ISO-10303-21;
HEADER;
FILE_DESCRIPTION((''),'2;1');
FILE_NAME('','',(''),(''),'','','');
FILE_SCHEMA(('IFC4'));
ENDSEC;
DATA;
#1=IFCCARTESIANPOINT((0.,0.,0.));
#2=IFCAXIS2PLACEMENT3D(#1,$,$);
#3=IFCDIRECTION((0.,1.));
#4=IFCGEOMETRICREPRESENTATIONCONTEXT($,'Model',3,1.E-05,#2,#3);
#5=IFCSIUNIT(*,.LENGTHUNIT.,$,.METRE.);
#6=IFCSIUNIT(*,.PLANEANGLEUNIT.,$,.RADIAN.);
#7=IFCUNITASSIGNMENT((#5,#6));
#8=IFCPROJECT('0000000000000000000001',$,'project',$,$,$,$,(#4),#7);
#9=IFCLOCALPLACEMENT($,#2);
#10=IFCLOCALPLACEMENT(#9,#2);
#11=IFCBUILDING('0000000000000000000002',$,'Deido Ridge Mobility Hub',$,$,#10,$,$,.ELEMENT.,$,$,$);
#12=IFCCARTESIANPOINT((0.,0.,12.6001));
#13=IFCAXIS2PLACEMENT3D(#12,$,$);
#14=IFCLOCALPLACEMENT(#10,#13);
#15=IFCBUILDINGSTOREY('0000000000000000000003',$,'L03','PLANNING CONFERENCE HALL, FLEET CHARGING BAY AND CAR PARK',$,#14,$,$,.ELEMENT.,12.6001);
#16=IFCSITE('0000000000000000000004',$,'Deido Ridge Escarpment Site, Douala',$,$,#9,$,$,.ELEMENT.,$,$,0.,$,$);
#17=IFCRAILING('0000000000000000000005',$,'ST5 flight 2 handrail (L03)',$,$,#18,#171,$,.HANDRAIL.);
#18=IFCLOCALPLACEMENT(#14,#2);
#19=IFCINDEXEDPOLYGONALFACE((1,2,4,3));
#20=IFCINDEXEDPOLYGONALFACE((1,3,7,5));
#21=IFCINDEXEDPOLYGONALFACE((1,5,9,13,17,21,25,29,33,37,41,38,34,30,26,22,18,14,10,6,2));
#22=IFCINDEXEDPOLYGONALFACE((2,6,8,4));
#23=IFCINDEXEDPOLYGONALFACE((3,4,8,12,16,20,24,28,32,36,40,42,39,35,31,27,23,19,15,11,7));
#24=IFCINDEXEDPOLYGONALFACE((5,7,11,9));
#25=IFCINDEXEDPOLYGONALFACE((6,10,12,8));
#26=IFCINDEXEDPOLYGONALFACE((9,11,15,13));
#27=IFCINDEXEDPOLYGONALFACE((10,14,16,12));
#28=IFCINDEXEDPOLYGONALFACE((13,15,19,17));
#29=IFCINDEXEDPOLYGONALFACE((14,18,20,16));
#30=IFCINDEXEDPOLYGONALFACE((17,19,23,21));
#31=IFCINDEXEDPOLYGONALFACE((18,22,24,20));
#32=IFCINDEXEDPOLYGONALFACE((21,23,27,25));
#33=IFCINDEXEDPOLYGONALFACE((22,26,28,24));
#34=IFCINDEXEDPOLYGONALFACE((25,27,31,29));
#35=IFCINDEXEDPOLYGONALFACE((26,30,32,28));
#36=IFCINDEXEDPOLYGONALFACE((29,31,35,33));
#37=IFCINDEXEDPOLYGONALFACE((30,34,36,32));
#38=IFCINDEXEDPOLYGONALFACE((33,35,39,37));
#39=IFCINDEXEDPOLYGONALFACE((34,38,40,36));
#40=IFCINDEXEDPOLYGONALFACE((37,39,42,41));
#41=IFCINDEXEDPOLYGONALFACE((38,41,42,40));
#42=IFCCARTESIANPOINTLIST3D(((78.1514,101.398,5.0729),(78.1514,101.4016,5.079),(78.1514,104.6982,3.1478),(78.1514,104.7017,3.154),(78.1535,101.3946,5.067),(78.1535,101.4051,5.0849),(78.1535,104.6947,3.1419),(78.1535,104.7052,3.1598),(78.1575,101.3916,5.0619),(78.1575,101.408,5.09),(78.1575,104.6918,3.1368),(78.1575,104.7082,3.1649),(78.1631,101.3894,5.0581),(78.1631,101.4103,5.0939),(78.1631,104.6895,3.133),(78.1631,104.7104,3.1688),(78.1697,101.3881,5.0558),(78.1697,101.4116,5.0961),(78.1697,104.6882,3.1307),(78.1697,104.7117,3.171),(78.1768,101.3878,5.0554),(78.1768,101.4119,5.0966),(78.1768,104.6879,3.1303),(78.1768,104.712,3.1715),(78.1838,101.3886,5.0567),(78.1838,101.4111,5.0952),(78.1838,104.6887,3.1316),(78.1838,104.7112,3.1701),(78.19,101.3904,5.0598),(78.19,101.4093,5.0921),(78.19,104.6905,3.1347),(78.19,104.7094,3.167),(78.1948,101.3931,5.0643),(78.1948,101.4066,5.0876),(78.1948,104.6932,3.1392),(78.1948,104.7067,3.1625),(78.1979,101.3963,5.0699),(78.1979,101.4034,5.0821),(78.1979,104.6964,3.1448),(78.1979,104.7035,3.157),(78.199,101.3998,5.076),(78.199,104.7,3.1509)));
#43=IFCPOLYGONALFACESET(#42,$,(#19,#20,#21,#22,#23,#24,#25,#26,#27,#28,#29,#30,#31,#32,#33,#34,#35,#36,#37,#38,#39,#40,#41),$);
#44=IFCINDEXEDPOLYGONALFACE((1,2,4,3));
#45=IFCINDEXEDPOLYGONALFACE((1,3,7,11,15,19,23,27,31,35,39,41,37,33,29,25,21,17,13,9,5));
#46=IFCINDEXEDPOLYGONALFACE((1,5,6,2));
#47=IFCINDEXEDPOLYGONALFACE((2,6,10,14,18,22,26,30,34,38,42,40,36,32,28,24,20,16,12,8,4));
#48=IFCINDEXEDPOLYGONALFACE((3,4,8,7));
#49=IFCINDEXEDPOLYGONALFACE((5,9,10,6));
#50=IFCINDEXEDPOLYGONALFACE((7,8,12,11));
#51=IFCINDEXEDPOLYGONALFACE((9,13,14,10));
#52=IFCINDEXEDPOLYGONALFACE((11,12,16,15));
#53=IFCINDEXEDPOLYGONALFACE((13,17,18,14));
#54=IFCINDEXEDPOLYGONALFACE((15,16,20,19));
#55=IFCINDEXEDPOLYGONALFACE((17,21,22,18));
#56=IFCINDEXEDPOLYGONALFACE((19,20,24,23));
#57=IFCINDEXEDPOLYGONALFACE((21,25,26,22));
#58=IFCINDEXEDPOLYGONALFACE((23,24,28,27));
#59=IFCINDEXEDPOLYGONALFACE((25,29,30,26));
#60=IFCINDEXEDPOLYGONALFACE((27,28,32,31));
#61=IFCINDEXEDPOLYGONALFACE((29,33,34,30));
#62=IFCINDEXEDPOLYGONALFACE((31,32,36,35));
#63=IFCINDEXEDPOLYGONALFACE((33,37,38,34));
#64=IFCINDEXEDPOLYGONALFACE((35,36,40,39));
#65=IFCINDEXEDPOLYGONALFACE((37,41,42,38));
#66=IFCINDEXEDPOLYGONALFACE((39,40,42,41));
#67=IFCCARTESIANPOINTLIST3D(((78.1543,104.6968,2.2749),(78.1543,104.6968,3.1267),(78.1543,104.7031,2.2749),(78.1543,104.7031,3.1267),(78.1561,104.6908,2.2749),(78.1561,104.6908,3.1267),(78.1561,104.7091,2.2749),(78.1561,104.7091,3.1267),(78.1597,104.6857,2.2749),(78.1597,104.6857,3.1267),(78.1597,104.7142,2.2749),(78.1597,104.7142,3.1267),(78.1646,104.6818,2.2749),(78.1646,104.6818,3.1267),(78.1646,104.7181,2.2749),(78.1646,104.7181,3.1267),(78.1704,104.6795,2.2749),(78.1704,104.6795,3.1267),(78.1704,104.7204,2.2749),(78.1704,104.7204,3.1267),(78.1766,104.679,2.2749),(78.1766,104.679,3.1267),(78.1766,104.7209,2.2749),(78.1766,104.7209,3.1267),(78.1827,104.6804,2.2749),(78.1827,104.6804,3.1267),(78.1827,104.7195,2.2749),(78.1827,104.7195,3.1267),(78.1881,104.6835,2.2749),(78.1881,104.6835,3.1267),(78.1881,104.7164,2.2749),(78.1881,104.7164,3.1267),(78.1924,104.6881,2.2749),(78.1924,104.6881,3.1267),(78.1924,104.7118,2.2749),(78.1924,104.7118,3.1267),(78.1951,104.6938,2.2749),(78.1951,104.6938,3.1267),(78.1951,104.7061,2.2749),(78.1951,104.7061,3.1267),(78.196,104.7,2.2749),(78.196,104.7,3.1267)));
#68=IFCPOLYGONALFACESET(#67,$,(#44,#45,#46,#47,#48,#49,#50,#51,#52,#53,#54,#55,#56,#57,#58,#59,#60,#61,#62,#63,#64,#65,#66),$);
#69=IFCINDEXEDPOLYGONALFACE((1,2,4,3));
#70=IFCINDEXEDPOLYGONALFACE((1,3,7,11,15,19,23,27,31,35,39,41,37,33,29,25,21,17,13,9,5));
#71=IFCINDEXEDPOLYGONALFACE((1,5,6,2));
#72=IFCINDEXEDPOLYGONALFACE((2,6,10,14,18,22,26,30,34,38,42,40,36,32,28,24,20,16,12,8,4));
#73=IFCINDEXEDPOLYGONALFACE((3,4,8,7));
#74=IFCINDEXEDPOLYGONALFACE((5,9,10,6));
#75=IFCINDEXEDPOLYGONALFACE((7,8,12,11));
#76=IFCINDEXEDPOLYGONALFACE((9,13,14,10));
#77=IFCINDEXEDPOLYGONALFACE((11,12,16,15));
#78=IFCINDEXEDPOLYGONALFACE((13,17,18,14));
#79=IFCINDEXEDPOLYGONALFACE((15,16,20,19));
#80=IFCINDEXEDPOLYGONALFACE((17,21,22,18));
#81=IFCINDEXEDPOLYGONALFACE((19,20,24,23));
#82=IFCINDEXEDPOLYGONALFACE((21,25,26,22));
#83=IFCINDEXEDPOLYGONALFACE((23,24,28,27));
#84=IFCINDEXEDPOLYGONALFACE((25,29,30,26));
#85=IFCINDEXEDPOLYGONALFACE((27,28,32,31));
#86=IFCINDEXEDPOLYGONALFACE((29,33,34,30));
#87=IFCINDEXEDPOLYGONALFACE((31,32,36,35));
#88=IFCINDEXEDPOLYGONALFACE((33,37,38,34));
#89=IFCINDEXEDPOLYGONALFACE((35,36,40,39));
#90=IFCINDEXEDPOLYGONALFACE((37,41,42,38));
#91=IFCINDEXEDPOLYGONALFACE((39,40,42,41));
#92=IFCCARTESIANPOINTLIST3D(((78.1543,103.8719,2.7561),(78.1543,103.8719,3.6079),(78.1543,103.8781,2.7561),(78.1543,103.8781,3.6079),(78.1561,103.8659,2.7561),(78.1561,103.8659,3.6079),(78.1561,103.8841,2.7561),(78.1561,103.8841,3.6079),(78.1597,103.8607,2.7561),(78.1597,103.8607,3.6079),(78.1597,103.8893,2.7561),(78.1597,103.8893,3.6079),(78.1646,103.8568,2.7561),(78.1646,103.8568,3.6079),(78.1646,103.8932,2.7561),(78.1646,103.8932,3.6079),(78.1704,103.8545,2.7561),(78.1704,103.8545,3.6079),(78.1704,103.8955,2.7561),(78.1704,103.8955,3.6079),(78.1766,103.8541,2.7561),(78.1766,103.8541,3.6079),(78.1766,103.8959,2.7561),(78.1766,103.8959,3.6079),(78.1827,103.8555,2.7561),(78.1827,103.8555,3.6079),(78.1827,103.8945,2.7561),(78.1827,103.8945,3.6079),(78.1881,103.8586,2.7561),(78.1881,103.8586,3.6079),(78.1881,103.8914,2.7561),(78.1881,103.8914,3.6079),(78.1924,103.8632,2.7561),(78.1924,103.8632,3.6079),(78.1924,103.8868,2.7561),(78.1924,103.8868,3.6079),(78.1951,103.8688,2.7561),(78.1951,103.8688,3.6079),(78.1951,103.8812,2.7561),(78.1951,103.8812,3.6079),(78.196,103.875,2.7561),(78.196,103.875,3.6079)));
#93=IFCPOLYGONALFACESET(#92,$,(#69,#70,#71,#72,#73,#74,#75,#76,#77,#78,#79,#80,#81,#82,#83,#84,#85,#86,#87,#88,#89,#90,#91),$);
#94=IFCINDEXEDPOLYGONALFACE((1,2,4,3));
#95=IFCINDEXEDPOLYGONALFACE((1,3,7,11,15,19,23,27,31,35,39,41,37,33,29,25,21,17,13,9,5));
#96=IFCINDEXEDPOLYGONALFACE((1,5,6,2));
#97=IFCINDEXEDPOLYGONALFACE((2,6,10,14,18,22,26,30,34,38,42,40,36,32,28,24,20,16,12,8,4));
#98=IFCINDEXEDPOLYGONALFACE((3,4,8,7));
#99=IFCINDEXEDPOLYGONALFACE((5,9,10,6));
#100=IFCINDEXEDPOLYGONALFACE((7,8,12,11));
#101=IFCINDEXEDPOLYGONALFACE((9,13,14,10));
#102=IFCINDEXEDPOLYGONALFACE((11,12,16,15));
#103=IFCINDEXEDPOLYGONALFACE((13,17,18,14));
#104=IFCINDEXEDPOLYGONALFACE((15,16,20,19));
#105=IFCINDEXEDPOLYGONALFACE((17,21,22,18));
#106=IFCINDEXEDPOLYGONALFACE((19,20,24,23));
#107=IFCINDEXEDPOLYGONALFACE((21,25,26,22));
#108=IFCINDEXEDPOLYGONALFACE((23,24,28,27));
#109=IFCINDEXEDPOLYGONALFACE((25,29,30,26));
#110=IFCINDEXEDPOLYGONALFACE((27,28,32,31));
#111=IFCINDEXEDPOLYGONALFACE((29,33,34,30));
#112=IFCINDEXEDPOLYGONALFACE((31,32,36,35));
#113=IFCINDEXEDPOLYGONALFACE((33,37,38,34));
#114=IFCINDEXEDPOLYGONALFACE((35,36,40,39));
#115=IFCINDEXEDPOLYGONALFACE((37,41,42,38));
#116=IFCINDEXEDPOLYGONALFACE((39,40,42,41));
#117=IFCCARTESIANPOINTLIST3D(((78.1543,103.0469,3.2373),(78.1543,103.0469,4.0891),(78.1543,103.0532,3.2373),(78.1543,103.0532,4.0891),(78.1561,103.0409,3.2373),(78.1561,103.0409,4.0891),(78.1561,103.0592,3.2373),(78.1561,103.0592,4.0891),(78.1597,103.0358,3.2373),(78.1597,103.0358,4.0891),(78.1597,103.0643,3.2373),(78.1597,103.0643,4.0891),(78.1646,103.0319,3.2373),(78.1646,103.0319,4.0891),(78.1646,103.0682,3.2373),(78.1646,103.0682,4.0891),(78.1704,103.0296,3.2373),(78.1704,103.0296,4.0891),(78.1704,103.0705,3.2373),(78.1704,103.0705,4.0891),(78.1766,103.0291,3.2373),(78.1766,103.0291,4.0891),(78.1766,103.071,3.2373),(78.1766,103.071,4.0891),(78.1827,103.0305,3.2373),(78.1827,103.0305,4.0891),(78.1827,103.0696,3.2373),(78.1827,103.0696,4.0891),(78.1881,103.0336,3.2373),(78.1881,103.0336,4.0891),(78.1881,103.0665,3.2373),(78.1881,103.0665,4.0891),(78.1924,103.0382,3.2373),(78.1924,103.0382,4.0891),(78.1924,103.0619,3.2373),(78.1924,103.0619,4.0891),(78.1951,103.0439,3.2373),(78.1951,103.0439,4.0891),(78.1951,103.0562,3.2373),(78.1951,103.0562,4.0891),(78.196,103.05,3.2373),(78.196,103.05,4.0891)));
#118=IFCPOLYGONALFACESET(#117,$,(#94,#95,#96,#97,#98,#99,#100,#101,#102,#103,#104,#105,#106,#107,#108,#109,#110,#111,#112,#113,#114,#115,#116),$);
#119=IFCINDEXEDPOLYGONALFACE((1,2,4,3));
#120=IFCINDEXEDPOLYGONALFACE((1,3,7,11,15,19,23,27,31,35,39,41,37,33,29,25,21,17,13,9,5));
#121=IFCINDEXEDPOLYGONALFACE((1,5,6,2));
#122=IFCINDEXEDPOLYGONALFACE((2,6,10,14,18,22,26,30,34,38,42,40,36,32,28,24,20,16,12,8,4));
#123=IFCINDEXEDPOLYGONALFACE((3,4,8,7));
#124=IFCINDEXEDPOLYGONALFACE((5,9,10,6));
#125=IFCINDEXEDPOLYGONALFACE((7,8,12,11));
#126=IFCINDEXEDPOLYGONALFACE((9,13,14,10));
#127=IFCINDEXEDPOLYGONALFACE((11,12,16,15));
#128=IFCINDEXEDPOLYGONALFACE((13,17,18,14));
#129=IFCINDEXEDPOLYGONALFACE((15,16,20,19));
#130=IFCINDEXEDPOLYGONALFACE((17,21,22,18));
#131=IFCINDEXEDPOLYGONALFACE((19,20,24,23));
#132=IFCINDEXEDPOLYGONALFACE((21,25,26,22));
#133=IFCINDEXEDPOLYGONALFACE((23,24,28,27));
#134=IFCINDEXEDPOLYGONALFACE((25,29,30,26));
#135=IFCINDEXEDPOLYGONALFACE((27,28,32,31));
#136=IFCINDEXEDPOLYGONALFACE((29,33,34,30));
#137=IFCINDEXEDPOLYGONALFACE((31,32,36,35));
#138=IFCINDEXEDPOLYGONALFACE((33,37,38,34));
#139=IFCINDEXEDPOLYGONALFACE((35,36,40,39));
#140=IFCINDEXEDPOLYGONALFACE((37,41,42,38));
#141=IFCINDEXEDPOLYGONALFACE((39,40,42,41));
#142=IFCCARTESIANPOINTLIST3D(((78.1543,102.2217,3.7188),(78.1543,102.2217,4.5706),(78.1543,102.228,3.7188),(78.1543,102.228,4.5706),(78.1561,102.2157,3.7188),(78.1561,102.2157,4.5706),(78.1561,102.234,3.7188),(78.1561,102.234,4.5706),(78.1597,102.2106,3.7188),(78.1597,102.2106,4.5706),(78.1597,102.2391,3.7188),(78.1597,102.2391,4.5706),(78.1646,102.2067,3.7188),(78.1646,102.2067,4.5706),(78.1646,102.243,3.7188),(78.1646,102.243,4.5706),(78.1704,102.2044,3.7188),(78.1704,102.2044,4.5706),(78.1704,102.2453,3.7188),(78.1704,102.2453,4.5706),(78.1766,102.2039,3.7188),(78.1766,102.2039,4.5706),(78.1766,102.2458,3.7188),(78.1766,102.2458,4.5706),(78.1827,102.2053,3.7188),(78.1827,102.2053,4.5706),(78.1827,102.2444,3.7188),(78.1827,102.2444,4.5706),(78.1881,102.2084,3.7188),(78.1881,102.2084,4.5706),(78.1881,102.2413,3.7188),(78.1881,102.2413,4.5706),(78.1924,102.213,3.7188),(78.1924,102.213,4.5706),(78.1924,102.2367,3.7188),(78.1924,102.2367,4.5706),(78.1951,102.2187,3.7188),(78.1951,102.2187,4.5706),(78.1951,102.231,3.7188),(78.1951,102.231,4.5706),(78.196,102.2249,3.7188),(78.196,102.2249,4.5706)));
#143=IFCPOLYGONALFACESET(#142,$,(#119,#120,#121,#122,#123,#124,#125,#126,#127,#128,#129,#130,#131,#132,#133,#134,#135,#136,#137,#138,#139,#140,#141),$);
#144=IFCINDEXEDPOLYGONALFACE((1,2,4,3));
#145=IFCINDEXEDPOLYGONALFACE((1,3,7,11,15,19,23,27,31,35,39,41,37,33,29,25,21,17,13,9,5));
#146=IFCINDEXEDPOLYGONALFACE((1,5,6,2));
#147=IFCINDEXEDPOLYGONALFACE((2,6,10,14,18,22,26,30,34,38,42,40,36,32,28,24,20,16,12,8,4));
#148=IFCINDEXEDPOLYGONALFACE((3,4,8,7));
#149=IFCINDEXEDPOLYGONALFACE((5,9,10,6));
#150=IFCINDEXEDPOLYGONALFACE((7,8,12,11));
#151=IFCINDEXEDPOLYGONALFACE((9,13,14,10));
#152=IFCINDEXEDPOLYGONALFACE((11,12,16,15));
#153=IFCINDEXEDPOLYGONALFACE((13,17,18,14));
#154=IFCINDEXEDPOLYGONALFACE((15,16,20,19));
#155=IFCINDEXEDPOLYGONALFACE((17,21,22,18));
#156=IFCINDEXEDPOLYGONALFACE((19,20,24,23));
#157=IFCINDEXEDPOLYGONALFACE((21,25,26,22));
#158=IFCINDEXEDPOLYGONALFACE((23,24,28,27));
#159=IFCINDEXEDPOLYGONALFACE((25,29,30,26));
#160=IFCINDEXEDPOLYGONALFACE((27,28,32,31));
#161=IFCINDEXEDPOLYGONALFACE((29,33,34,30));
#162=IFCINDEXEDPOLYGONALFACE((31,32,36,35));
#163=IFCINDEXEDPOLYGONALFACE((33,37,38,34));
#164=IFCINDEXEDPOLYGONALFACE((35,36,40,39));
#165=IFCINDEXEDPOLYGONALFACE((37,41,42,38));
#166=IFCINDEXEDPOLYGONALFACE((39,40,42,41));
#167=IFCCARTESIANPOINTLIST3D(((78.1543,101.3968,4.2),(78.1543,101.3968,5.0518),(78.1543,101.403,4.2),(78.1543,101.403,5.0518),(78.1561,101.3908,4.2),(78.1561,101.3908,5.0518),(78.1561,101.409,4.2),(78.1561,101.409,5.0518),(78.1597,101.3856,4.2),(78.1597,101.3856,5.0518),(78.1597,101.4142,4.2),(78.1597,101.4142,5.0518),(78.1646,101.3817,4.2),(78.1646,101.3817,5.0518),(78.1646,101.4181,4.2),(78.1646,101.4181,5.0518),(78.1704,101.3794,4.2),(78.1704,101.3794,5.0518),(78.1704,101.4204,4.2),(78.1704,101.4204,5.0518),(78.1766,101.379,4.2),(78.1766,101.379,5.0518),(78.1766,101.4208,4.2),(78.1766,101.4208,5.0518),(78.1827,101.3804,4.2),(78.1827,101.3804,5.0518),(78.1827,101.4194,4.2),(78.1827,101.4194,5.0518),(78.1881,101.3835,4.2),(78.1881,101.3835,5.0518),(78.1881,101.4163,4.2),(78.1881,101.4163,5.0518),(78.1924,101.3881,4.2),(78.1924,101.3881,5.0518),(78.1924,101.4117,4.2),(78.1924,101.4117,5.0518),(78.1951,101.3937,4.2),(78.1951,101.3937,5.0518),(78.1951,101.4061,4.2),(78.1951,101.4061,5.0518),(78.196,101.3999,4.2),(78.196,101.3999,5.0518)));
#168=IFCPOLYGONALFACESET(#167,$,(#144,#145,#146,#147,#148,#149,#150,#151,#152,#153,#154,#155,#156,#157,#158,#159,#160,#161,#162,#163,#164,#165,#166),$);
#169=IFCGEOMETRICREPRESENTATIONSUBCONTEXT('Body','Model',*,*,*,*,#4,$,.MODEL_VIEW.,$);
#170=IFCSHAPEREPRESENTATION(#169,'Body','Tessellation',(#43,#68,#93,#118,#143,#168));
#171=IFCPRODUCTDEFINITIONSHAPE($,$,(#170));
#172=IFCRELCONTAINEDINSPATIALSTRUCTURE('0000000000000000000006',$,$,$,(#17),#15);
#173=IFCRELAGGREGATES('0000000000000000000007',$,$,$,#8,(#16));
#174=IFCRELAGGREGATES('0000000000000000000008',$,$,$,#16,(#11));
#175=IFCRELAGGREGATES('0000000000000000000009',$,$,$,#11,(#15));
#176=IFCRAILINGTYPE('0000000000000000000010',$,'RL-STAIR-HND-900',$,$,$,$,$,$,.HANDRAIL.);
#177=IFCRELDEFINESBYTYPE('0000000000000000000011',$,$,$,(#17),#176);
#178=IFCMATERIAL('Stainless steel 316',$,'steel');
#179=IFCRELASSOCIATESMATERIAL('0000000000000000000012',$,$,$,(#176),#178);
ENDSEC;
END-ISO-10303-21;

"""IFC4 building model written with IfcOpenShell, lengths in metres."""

from ifc_helpers import new_model, si_unit, direction, frame, origin, origin_2d, place, context, subcontext, project, spatial, circle, extrude, material, type_object, element, save


model = new_model("IFC4")

# Units and contexts
model_context = context("Model", 3, precision=1e-05, world=origin(), true_north=direction((0.0, 1.0)))
body_context = subcontext(model_context, "Body", "Model", "MODEL_VIEW")
ifc_project = project(units=[si_unit("LENGTHUNIT", "METRE"), si_unit("PLANEANGLEUNIT", "RADIAN")], contexts=[model_context])

# Site, building, storey
site_placement = place(None, origin())
site = spatial("IfcSite", under=ifc_project, at=site_placement, Name="Deido Ridge Escarpment Site, Douala", CompositionType="ELEMENT", RefElevation=0.0)
building_placement = place(site_placement, origin())
building = spatial("IfcBuilding", under=site, at=building_placement, Name="Deido Ridge Mobility Hub", CompositionType="ELEMENT")
storey_placement = place(building_placement, frame((0.0, 0.0, 12.6001)))
storey = spatial("IfcBuildingStorey", under=building, at=storey_placement, Name="L03", Description="PLANNING CONFERENCE HALL, FLEET CHARGING BAY AND CAR PARK", CompositionType="ELEMENT", Elevation=12.6001)

# Shared definitions
ifc_material_1 = material(Name="Stainless steel 316", Category="steel")

# Railing
railing_type_1 = type_object("IfcRailingType", Name="RL-STAIR-HND-900", PredefinedType="HANDRAIL", material=ifc_material_1)
railing_1_placement = place(storey_placement, frame((78.175, 104.7, 2.2749)))
element("IfcRailing", 1, at=railing_1_placement, inside=storey, type_object=railing_type_1, Name="ST5 flight 2 handrail (L03)", PredefinedType="HANDRAIL", context=body_context, shape_type="SweptSolid", body=[
    extrude(circle(Radius=0.0239, at=origin_2d()), frame((0.0, 0.0, 0.876), z_axis=(0.0, -0.863777, 0.503875), x_axis=(1.0, 0.0, 0.0)), (0.0, 0.0, 1.0), 3.8206),
    extrude(circle(Radius=0.021, at=origin_2d()), origin(), (0.0, 0.0, 1.0), 0.8518),
    extrude(circle(Radius=0.021, at=origin_2d()), frame((0.0, -0.825, 0.4812)), (0.0, 0.0, 1.0), 0.8518),
    extrude(circle(Radius=0.021, at=origin_2d()), frame((0.0, -1.6499, 0.9624)), (0.0, 0.0, 1.0), 0.8518),
    extrude(circle(Radius=0.021, at=origin_2d()), frame((0.0, -2.4751, 1.4438)), (0.0, 0.0, 1.0), 0.8518),
    extrude(circle(Radius=0.021, at=origin_2d()), frame((0.0, -3.3, 1.925)), (0.0, 0.0, 1.0), 0.8518),
])

save(model, "model.ifc")
